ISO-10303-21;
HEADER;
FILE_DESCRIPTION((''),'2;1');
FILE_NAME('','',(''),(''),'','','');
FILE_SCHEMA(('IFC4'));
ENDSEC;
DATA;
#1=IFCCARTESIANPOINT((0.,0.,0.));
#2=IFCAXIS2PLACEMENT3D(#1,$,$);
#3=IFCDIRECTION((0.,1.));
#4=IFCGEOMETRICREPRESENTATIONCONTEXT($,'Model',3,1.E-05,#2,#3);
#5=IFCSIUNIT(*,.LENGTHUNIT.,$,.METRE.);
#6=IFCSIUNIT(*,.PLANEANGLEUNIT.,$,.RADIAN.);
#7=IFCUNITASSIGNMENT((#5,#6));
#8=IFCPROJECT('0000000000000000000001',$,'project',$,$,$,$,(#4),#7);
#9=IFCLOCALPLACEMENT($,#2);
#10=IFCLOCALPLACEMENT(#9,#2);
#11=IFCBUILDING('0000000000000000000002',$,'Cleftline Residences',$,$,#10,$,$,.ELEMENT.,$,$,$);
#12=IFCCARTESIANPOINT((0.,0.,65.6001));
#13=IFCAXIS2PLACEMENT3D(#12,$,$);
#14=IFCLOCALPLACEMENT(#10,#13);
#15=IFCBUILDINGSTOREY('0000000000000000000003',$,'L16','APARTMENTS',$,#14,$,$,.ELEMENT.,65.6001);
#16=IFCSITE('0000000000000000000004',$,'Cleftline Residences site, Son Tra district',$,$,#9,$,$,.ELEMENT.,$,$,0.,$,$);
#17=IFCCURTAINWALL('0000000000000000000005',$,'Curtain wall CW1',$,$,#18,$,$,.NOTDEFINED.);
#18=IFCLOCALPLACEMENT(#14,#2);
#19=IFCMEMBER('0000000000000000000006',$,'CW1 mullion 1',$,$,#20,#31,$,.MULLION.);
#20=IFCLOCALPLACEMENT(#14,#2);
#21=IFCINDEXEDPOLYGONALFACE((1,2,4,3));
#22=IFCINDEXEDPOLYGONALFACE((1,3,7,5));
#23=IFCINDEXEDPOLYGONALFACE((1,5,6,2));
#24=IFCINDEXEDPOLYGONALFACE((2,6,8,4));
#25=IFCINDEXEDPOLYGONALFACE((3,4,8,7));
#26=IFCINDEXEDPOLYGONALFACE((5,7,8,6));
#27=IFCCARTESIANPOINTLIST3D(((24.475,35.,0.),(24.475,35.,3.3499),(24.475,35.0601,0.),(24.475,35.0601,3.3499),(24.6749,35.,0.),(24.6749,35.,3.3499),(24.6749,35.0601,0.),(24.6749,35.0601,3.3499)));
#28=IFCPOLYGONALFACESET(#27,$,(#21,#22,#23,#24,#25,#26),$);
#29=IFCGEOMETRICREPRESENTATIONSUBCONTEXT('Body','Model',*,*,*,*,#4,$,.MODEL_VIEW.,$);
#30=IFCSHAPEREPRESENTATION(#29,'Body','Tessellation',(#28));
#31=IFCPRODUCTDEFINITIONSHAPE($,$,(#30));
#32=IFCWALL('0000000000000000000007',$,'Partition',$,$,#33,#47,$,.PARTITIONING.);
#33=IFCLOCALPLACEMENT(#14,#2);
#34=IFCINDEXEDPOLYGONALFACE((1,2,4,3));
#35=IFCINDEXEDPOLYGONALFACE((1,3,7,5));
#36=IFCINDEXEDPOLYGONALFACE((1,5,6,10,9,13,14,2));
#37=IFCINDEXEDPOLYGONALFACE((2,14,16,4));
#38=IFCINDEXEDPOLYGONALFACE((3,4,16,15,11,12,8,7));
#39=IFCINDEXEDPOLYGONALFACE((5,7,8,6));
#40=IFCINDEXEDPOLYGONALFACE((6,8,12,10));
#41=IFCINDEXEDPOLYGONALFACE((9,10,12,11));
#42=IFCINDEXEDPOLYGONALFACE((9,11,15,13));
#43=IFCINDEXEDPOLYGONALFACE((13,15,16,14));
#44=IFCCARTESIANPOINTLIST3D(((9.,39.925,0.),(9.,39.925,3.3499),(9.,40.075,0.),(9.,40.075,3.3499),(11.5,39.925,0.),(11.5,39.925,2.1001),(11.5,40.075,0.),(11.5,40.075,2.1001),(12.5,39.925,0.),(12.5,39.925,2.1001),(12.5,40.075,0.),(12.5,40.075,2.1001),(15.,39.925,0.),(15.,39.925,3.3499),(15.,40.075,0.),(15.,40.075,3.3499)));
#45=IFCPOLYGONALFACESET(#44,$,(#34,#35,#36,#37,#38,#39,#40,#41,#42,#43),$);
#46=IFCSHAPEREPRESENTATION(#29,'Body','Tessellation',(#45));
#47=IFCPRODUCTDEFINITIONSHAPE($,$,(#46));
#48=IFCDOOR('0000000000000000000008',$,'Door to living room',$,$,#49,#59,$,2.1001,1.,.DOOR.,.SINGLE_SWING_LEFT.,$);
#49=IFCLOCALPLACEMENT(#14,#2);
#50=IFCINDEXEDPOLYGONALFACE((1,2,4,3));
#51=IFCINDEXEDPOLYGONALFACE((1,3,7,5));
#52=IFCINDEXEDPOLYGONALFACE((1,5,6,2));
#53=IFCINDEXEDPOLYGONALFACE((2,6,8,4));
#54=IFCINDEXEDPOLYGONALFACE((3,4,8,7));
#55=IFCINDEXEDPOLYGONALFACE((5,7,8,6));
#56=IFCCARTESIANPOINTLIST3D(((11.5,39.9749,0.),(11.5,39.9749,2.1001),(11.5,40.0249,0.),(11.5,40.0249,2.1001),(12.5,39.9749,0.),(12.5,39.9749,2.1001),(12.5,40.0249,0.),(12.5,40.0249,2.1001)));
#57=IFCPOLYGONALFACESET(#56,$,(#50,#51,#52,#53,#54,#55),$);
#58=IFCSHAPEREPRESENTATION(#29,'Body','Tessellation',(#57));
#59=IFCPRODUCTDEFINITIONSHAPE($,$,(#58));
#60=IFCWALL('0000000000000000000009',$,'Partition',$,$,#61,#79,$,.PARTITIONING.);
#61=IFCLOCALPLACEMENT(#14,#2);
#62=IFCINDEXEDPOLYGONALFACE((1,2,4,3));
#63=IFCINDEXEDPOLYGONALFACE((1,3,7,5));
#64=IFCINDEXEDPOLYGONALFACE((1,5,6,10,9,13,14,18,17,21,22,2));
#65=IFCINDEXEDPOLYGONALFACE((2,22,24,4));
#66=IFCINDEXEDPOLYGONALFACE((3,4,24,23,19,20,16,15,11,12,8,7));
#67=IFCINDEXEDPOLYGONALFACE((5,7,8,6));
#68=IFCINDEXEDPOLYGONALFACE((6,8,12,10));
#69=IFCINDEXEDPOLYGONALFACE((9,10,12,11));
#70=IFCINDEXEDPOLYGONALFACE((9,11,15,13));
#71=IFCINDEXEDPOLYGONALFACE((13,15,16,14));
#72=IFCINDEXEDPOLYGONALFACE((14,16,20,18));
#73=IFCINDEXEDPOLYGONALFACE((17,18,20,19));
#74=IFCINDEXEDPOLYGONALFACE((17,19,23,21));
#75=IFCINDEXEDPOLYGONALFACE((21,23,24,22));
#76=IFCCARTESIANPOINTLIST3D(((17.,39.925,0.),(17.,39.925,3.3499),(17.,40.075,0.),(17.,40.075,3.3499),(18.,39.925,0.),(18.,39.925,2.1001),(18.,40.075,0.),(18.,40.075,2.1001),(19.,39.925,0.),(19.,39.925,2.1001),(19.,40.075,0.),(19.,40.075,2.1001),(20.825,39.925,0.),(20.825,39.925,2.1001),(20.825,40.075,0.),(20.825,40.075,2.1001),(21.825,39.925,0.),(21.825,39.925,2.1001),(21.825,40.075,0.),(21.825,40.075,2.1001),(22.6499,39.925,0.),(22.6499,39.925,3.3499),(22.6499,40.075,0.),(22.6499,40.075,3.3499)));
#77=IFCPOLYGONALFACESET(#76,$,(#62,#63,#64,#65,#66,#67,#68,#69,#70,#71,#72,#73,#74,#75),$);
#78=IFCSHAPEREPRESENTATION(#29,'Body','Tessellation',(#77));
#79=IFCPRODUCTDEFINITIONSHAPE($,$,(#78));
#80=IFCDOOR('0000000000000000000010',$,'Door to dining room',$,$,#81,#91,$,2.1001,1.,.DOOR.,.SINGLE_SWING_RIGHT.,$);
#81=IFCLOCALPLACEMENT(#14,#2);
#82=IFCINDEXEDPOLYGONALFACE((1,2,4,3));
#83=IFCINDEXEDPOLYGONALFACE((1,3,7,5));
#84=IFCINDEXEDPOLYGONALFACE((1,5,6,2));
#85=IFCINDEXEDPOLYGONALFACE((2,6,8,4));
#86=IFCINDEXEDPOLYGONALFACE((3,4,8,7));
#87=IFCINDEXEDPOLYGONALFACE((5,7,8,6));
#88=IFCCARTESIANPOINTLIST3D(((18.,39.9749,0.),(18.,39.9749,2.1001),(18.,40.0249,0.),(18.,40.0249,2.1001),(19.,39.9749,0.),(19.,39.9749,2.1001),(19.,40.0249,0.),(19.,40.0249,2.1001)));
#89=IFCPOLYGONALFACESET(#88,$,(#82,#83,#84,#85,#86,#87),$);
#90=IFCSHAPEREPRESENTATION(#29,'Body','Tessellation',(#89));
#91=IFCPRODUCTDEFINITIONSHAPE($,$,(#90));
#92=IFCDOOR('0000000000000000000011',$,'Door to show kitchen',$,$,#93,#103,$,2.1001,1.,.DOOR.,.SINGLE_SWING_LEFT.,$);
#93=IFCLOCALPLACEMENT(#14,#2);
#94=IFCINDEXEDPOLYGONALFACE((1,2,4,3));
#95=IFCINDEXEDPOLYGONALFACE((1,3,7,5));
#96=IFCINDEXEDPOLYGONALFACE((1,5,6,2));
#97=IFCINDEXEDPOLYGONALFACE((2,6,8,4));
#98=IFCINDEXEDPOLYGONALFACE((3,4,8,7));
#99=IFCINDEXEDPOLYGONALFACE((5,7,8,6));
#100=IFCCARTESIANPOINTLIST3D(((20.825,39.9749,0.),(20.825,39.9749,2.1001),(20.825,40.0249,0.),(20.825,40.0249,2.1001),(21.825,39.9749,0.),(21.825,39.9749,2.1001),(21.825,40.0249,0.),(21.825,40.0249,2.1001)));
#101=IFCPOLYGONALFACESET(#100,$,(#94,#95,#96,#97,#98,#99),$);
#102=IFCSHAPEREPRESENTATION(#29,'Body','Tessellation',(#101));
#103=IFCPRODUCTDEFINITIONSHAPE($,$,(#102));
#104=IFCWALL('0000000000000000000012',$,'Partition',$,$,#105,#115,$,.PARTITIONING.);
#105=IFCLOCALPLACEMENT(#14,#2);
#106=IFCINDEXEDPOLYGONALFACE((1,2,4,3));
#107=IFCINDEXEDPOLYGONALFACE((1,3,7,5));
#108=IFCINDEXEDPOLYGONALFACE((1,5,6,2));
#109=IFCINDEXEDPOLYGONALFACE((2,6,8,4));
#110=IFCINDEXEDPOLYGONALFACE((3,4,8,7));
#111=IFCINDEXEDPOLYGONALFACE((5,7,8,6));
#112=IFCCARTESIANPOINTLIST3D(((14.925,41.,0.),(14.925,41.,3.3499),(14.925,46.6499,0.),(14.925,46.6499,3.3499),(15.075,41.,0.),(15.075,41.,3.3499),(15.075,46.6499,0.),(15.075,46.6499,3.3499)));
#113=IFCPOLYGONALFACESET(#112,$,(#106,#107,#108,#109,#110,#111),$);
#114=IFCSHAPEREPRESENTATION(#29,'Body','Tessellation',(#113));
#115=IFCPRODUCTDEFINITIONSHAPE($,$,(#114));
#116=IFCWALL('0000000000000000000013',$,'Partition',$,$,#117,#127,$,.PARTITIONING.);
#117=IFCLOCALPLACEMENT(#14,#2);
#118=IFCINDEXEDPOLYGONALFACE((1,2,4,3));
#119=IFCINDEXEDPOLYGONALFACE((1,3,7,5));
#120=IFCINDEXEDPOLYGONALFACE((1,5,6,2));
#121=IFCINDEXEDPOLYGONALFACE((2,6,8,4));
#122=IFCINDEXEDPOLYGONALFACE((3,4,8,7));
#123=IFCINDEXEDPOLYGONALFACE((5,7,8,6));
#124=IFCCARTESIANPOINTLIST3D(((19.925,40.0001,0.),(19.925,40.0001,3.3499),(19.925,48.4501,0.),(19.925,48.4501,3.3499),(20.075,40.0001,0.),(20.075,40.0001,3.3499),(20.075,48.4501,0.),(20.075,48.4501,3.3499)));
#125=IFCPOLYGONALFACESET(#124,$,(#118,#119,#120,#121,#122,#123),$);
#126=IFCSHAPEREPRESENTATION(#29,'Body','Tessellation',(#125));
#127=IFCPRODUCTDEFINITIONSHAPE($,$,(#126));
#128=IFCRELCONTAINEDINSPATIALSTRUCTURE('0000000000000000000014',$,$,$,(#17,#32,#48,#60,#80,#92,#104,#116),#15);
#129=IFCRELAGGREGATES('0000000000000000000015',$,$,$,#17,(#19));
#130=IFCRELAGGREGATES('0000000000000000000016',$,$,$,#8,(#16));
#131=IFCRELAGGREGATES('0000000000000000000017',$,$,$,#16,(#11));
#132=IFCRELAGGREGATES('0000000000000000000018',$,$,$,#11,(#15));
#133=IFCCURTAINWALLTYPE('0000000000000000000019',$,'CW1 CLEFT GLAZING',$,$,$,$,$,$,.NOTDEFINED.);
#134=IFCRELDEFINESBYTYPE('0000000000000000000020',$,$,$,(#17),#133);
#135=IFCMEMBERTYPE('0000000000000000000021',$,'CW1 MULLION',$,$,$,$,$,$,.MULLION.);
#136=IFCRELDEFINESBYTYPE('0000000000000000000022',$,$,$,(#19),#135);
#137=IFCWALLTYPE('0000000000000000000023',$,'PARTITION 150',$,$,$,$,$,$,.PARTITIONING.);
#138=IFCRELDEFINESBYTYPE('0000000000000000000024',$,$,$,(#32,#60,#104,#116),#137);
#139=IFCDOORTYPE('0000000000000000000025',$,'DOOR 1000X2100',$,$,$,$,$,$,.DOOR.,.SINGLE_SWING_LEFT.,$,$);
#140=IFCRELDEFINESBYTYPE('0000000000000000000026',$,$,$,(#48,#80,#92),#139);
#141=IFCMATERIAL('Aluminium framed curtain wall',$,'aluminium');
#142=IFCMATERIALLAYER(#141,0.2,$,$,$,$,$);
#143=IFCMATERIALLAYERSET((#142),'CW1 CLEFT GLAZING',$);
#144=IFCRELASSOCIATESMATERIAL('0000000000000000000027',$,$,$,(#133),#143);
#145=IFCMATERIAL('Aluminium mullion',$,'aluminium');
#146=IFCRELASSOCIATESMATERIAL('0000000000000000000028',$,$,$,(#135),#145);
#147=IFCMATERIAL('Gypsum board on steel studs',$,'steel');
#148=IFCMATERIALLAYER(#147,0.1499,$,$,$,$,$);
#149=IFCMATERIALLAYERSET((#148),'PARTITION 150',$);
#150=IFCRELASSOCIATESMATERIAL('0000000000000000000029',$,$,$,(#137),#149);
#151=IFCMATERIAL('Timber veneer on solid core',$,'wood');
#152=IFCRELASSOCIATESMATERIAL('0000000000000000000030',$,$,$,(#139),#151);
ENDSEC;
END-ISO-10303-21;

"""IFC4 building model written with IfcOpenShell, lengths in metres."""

from ifc_helpers import new_model, si_unit, direction, frame, frame_2d, origin, origin_2d, place, context, subcontext, project, spatial, rectangle, extrude, material, layer, layer_set, material_profile, profile_set, type_object, element, fill, aggregate, save


model = new_model("IFC4")

# Units and contexts
model_context = context("Model", 3, precision=1e-05, world=origin(), true_north=direction((0.0, 1.0)))
body_context = subcontext(model_context, "Body", "Model", "MODEL_VIEW")
ifc_project = project(units=[si_unit("LENGTHUNIT", "METRE"), si_unit("PLANEANGLEUNIT", "RADIAN")], contexts=[model_context])

# Site, building, storey
site_placement = place(None, origin())
site = spatial("IfcSite", under=ifc_project, at=site_placement, Name="Cleftline Residences site, Son Tra district", CompositionType="ELEMENT", RefElevation=0.0)
building_placement = place(site_placement, origin())
building = spatial("IfcBuilding", under=site, at=building_placement, Name="Cleftline Residences", CompositionType="ELEMENT")
storey_placement = place(building_placement, frame((0.0, 0.0, 65.6001)))
storey = spatial("IfcBuildingStorey", under=building, at=storey_placement, Name="L16", Description="APARTMENTS", CompositionType="ELEMENT", Elevation=65.6001)

# Curtain wall, member
ifc_material_1 = material(Name="Aluminium framed curtain wall", Category="aluminium")
ifc_layer_1 = layer(ifc_material_1, 0.2)
ifc_layer_set_1 = layer_set([ifc_layer_1], Name="CW1 CLEFT GLAZING")
curtain_wall_type = type_object("IfcCurtainWallType", Name="CW1 CLEFT GLAZING", PredefinedType="NOTDEFINED", material=ifc_layer_set_1)
curtain_wall_placement = place(storey_placement, origin())
curtain_wall = element("IfcCurtainWall", 1, at=curtain_wall_placement, inside=storey, type_object=curtain_wall_type, Name="Curtain wall CW1", PredefinedType="NOTDEFINED")
ifc_material_2 = material(Name="Aluminium mullion", Category="aluminium")
ifc_material_profile_1 = material_profile(ifc_material_2, rectangle(XDim=0.2, YDim=0.0601, at=origin_2d()))
ifc_profile_set_1 = profile_set([ifc_material_profile_1], Name="Aluminium mullion")
member_type = type_object("IfcMemberType", Name="CW1 MULLION", PredefinedType="MULLION", material=ifc_profile_set_1)
member_placement = place(storey_placement, frame((24.575, 35.03, 0.0), z_axis=(0.0, 0.0, 1.0), x_axis=(-1.0, 0.0, 0.0)))
member = element("IfcMember", 2, at=member_placement, type_object=member_type, Name="CW1 mullion 1", PredefinedType="MULLION", context=body_context, shape_type="SweptSolid", body=[
    extrude(rectangle(XDim=0.2, YDim=0.0601, at=origin_2d()), origin(), (0.0, 0.0, 1.0), 3.3499),
])
aggregate(curtain_wall, [member])

# Wall, opening, door
ifc_material_3 = material(Name="Gypsum board on steel studs", Category="steel")
ifc_layer_2 = layer(ifc_material_3, 0.1499)
ifc_layer_set_2 = layer_set([ifc_layer_2], Name="PARTITION 150")
wall_type = type_object("IfcWallType", Name="PARTITION 150", PredefinedType="PARTITIONING", material=ifc_layer_set_2)
wall_1_placement = place(storey_placement, frame((9.0, 40.0, 0.0), z_axis=(0.0, 0.0, 1.0), x_axis=(1.0, 0.0, 0.0)))
wall_1 = element("IfcWall", 3, at=wall_1_placement, inside=storey, type_object=wall_type, Name="Partition", PredefinedType="PARTITIONING", context=body_context, shape_type="SweptSolid", body=[
    extrude(rectangle(XDim=6.0, YDim=0.1499, at=frame_2d((3.0, 0.0))), origin(), (0.0, 0.0, 1.0), 3.3499),
])
opening_1_placement = place(wall_1_placement, frame((2.5, 0.0, 0.0)))
opening_1 = element("IfcOpeningElement", 4, at=opening_1_placement, cuts=wall_1, PredefinedType="OPENING", context=body_context, shape_type="SweptSolid", body=[
    extrude(rectangle(XDim=1.0, YDim=2.1001, at=frame_2d((0.5, 1.05))), frame((0.0, 0.085, 0.0), z_axis=(0.0, -1.0, 0.0), x_axis=(1.0, 0.0, 0.0)), (0.0, 0.0, 1.0), 0.1699),
])
ifc_material_4 = material(Name="Timber veneer on solid core", Category="wood")
door_type = type_object("IfcDoorType", Name="DOOR 1000X2100", OperationType="SINGLE_SWING_LEFT", PredefinedType="DOOR", material=ifc_material_4)
door_1_placement = place(opening_1_placement, origin())
door_1 = element("IfcDoor", 5, at=door_1_placement, inside=storey, type_object=door_type, Name="Door to living room", OperationType="SINGLE_SWING_LEFT", OverallHeight=2.1001, OverallWidth=1.0, PredefinedType="DOOR", context=body_context, shape_type="SweptSolid", body=[
    extrude(rectangle(XDim=1.0, YDim=2.1001, at=frame_2d((0.5, 1.05))), frame((0.0, 0.0249, 0.0), z_axis=(0.0, -1.0, 0.0), x_axis=(1.0, 0.0, 0.0)), (0.0, 0.0, 1.0), 0.05),
])
fill(opening_1, door_1)

# Wall, openings, doors
wall_2_placement = place(storey_placement, frame((17.0, 40.0, 0.0), z_axis=(0.0, 0.0, 1.0), x_axis=(1.0, 0.0, 0.0)))
wall_2 = element("IfcWall", 6, at=wall_2_placement, inside=storey, type_object=wall_type, Name="Partition", PredefinedType="PARTITIONING", context=body_context, shape_type="SweptSolid", body=[
    extrude(rectangle(XDim=5.6499, YDim=0.1499, at=frame_2d((2.825, 0.0))), origin(), (0.0, 0.0, 1.0), 3.3499),
])
opening_2_placement = place(wall_2_placement, frame((1.0, 0.0, 0.0)))
opening_2 = element("IfcOpeningElement", 7, at=opening_2_placement, cuts=wall_2, PredefinedType="OPENING", context=body_context, shape_type="SweptSolid", body=[
    extrude(rectangle(XDim=1.0, YDim=2.1001, at=frame_2d((0.5, 1.05))), frame((0.0, 0.085, 0.0), z_axis=(0.0, -1.0, 0.0), x_axis=(1.0, 0.0, 0.0)), (0.0, 0.0, 1.0), 0.1699),
])
opening_3_placement = place(wall_2_placement, frame((3.825, 0.0, 0.0)))
opening_3 = element("IfcOpeningElement", 8, at=opening_3_placement, cuts=wall_2, PredefinedType="OPENING", context=body_context, shape_type="SweptSolid", body=[
    extrude(rectangle(XDim=1.0, YDim=2.1001, at=frame_2d((0.5, 1.05))), frame((0.0, 0.085, 0.0), z_axis=(0.0, -1.0, 0.0), x_axis=(1.0, 0.0, 0.0)), (0.0, 0.0, 1.0), 0.1699),
])
door_2_placement = place(opening_2_placement, origin())
door_2 = element("IfcDoor", 9, at=door_2_placement, inside=storey, type_object=door_type, Name="Door to dining room", OperationType="SINGLE_SWING_RIGHT", OverallHeight=2.1001, OverallWidth=1.0, PredefinedType="DOOR", context=body_context, shape_type="SweptSolid", body=[
    extrude(rectangle(XDim=1.0, YDim=2.1001, at=frame_2d((0.5, 1.05))), frame((0.0, 0.0249, 0.0), z_axis=(0.0, -1.0, 0.0), x_axis=(1.0, 0.0, 0.0)), (0.0, 0.0, 1.0), 0.05),
])
fill(opening_2, door_2)
door_3_placement = place(opening_3_placement, origin())
door_3 = element("IfcDoor", 10, at=door_3_placement, inside=storey, type_object=door_type, Name="Door to show kitchen", OperationType="SINGLE_SWING_LEFT", OverallHeight=2.1001, OverallWidth=1.0, PredefinedType="DOOR", context=body_context, shape_type="SweptSolid", body=[
    extrude(rectangle(XDim=1.0, YDim=2.1001, at=frame_2d((0.5, 1.05))), frame((0.0, 0.0249, 0.0), z_axis=(0.0, -1.0, 0.0), x_axis=(1.0, 0.0, 0.0)), (0.0, 0.0, 1.0), 0.05),
])
fill(opening_3, door_3)

# Walls
wall_3_placement = place(storey_placement, frame((15.0, 41.0, 0.0), z_axis=(0.0, 0.0, 1.0), x_axis=(0.0, 1.0, 0.0)))
element("IfcWall", 11, at=wall_3_placement, inside=storey, type_object=wall_type, Name="Partition", PredefinedType="PARTITIONING", context=body_context, shape_type="SweptSolid", body=[
    extrude(rectangle(XDim=5.6499, YDim=0.1499, at=frame_2d((2.825, 0.0))), origin(), (0.0, 0.0, 1.0), 3.3499),
])
wall_4_placement = place(storey_placement, frame((20.0, 40.0, 0.0), z_axis=(0.0, 0.0, 1.0), x_axis=(0.0, 1.0, 0.0)))
element("IfcWall", 12, at=wall_4_placement, inside=storey, type_object=wall_type, Name="Partition", PredefinedType="PARTITIONING", context=body_context, shape_type="SweptSolid", body=[
    extrude(rectangle(XDim=8.45, YDim=0.1499, at=frame_2d((4.2251, 0.0))), origin(), (0.0, 0.0, 1.0), 3.3499),
])

save(model, "model.ifc")
